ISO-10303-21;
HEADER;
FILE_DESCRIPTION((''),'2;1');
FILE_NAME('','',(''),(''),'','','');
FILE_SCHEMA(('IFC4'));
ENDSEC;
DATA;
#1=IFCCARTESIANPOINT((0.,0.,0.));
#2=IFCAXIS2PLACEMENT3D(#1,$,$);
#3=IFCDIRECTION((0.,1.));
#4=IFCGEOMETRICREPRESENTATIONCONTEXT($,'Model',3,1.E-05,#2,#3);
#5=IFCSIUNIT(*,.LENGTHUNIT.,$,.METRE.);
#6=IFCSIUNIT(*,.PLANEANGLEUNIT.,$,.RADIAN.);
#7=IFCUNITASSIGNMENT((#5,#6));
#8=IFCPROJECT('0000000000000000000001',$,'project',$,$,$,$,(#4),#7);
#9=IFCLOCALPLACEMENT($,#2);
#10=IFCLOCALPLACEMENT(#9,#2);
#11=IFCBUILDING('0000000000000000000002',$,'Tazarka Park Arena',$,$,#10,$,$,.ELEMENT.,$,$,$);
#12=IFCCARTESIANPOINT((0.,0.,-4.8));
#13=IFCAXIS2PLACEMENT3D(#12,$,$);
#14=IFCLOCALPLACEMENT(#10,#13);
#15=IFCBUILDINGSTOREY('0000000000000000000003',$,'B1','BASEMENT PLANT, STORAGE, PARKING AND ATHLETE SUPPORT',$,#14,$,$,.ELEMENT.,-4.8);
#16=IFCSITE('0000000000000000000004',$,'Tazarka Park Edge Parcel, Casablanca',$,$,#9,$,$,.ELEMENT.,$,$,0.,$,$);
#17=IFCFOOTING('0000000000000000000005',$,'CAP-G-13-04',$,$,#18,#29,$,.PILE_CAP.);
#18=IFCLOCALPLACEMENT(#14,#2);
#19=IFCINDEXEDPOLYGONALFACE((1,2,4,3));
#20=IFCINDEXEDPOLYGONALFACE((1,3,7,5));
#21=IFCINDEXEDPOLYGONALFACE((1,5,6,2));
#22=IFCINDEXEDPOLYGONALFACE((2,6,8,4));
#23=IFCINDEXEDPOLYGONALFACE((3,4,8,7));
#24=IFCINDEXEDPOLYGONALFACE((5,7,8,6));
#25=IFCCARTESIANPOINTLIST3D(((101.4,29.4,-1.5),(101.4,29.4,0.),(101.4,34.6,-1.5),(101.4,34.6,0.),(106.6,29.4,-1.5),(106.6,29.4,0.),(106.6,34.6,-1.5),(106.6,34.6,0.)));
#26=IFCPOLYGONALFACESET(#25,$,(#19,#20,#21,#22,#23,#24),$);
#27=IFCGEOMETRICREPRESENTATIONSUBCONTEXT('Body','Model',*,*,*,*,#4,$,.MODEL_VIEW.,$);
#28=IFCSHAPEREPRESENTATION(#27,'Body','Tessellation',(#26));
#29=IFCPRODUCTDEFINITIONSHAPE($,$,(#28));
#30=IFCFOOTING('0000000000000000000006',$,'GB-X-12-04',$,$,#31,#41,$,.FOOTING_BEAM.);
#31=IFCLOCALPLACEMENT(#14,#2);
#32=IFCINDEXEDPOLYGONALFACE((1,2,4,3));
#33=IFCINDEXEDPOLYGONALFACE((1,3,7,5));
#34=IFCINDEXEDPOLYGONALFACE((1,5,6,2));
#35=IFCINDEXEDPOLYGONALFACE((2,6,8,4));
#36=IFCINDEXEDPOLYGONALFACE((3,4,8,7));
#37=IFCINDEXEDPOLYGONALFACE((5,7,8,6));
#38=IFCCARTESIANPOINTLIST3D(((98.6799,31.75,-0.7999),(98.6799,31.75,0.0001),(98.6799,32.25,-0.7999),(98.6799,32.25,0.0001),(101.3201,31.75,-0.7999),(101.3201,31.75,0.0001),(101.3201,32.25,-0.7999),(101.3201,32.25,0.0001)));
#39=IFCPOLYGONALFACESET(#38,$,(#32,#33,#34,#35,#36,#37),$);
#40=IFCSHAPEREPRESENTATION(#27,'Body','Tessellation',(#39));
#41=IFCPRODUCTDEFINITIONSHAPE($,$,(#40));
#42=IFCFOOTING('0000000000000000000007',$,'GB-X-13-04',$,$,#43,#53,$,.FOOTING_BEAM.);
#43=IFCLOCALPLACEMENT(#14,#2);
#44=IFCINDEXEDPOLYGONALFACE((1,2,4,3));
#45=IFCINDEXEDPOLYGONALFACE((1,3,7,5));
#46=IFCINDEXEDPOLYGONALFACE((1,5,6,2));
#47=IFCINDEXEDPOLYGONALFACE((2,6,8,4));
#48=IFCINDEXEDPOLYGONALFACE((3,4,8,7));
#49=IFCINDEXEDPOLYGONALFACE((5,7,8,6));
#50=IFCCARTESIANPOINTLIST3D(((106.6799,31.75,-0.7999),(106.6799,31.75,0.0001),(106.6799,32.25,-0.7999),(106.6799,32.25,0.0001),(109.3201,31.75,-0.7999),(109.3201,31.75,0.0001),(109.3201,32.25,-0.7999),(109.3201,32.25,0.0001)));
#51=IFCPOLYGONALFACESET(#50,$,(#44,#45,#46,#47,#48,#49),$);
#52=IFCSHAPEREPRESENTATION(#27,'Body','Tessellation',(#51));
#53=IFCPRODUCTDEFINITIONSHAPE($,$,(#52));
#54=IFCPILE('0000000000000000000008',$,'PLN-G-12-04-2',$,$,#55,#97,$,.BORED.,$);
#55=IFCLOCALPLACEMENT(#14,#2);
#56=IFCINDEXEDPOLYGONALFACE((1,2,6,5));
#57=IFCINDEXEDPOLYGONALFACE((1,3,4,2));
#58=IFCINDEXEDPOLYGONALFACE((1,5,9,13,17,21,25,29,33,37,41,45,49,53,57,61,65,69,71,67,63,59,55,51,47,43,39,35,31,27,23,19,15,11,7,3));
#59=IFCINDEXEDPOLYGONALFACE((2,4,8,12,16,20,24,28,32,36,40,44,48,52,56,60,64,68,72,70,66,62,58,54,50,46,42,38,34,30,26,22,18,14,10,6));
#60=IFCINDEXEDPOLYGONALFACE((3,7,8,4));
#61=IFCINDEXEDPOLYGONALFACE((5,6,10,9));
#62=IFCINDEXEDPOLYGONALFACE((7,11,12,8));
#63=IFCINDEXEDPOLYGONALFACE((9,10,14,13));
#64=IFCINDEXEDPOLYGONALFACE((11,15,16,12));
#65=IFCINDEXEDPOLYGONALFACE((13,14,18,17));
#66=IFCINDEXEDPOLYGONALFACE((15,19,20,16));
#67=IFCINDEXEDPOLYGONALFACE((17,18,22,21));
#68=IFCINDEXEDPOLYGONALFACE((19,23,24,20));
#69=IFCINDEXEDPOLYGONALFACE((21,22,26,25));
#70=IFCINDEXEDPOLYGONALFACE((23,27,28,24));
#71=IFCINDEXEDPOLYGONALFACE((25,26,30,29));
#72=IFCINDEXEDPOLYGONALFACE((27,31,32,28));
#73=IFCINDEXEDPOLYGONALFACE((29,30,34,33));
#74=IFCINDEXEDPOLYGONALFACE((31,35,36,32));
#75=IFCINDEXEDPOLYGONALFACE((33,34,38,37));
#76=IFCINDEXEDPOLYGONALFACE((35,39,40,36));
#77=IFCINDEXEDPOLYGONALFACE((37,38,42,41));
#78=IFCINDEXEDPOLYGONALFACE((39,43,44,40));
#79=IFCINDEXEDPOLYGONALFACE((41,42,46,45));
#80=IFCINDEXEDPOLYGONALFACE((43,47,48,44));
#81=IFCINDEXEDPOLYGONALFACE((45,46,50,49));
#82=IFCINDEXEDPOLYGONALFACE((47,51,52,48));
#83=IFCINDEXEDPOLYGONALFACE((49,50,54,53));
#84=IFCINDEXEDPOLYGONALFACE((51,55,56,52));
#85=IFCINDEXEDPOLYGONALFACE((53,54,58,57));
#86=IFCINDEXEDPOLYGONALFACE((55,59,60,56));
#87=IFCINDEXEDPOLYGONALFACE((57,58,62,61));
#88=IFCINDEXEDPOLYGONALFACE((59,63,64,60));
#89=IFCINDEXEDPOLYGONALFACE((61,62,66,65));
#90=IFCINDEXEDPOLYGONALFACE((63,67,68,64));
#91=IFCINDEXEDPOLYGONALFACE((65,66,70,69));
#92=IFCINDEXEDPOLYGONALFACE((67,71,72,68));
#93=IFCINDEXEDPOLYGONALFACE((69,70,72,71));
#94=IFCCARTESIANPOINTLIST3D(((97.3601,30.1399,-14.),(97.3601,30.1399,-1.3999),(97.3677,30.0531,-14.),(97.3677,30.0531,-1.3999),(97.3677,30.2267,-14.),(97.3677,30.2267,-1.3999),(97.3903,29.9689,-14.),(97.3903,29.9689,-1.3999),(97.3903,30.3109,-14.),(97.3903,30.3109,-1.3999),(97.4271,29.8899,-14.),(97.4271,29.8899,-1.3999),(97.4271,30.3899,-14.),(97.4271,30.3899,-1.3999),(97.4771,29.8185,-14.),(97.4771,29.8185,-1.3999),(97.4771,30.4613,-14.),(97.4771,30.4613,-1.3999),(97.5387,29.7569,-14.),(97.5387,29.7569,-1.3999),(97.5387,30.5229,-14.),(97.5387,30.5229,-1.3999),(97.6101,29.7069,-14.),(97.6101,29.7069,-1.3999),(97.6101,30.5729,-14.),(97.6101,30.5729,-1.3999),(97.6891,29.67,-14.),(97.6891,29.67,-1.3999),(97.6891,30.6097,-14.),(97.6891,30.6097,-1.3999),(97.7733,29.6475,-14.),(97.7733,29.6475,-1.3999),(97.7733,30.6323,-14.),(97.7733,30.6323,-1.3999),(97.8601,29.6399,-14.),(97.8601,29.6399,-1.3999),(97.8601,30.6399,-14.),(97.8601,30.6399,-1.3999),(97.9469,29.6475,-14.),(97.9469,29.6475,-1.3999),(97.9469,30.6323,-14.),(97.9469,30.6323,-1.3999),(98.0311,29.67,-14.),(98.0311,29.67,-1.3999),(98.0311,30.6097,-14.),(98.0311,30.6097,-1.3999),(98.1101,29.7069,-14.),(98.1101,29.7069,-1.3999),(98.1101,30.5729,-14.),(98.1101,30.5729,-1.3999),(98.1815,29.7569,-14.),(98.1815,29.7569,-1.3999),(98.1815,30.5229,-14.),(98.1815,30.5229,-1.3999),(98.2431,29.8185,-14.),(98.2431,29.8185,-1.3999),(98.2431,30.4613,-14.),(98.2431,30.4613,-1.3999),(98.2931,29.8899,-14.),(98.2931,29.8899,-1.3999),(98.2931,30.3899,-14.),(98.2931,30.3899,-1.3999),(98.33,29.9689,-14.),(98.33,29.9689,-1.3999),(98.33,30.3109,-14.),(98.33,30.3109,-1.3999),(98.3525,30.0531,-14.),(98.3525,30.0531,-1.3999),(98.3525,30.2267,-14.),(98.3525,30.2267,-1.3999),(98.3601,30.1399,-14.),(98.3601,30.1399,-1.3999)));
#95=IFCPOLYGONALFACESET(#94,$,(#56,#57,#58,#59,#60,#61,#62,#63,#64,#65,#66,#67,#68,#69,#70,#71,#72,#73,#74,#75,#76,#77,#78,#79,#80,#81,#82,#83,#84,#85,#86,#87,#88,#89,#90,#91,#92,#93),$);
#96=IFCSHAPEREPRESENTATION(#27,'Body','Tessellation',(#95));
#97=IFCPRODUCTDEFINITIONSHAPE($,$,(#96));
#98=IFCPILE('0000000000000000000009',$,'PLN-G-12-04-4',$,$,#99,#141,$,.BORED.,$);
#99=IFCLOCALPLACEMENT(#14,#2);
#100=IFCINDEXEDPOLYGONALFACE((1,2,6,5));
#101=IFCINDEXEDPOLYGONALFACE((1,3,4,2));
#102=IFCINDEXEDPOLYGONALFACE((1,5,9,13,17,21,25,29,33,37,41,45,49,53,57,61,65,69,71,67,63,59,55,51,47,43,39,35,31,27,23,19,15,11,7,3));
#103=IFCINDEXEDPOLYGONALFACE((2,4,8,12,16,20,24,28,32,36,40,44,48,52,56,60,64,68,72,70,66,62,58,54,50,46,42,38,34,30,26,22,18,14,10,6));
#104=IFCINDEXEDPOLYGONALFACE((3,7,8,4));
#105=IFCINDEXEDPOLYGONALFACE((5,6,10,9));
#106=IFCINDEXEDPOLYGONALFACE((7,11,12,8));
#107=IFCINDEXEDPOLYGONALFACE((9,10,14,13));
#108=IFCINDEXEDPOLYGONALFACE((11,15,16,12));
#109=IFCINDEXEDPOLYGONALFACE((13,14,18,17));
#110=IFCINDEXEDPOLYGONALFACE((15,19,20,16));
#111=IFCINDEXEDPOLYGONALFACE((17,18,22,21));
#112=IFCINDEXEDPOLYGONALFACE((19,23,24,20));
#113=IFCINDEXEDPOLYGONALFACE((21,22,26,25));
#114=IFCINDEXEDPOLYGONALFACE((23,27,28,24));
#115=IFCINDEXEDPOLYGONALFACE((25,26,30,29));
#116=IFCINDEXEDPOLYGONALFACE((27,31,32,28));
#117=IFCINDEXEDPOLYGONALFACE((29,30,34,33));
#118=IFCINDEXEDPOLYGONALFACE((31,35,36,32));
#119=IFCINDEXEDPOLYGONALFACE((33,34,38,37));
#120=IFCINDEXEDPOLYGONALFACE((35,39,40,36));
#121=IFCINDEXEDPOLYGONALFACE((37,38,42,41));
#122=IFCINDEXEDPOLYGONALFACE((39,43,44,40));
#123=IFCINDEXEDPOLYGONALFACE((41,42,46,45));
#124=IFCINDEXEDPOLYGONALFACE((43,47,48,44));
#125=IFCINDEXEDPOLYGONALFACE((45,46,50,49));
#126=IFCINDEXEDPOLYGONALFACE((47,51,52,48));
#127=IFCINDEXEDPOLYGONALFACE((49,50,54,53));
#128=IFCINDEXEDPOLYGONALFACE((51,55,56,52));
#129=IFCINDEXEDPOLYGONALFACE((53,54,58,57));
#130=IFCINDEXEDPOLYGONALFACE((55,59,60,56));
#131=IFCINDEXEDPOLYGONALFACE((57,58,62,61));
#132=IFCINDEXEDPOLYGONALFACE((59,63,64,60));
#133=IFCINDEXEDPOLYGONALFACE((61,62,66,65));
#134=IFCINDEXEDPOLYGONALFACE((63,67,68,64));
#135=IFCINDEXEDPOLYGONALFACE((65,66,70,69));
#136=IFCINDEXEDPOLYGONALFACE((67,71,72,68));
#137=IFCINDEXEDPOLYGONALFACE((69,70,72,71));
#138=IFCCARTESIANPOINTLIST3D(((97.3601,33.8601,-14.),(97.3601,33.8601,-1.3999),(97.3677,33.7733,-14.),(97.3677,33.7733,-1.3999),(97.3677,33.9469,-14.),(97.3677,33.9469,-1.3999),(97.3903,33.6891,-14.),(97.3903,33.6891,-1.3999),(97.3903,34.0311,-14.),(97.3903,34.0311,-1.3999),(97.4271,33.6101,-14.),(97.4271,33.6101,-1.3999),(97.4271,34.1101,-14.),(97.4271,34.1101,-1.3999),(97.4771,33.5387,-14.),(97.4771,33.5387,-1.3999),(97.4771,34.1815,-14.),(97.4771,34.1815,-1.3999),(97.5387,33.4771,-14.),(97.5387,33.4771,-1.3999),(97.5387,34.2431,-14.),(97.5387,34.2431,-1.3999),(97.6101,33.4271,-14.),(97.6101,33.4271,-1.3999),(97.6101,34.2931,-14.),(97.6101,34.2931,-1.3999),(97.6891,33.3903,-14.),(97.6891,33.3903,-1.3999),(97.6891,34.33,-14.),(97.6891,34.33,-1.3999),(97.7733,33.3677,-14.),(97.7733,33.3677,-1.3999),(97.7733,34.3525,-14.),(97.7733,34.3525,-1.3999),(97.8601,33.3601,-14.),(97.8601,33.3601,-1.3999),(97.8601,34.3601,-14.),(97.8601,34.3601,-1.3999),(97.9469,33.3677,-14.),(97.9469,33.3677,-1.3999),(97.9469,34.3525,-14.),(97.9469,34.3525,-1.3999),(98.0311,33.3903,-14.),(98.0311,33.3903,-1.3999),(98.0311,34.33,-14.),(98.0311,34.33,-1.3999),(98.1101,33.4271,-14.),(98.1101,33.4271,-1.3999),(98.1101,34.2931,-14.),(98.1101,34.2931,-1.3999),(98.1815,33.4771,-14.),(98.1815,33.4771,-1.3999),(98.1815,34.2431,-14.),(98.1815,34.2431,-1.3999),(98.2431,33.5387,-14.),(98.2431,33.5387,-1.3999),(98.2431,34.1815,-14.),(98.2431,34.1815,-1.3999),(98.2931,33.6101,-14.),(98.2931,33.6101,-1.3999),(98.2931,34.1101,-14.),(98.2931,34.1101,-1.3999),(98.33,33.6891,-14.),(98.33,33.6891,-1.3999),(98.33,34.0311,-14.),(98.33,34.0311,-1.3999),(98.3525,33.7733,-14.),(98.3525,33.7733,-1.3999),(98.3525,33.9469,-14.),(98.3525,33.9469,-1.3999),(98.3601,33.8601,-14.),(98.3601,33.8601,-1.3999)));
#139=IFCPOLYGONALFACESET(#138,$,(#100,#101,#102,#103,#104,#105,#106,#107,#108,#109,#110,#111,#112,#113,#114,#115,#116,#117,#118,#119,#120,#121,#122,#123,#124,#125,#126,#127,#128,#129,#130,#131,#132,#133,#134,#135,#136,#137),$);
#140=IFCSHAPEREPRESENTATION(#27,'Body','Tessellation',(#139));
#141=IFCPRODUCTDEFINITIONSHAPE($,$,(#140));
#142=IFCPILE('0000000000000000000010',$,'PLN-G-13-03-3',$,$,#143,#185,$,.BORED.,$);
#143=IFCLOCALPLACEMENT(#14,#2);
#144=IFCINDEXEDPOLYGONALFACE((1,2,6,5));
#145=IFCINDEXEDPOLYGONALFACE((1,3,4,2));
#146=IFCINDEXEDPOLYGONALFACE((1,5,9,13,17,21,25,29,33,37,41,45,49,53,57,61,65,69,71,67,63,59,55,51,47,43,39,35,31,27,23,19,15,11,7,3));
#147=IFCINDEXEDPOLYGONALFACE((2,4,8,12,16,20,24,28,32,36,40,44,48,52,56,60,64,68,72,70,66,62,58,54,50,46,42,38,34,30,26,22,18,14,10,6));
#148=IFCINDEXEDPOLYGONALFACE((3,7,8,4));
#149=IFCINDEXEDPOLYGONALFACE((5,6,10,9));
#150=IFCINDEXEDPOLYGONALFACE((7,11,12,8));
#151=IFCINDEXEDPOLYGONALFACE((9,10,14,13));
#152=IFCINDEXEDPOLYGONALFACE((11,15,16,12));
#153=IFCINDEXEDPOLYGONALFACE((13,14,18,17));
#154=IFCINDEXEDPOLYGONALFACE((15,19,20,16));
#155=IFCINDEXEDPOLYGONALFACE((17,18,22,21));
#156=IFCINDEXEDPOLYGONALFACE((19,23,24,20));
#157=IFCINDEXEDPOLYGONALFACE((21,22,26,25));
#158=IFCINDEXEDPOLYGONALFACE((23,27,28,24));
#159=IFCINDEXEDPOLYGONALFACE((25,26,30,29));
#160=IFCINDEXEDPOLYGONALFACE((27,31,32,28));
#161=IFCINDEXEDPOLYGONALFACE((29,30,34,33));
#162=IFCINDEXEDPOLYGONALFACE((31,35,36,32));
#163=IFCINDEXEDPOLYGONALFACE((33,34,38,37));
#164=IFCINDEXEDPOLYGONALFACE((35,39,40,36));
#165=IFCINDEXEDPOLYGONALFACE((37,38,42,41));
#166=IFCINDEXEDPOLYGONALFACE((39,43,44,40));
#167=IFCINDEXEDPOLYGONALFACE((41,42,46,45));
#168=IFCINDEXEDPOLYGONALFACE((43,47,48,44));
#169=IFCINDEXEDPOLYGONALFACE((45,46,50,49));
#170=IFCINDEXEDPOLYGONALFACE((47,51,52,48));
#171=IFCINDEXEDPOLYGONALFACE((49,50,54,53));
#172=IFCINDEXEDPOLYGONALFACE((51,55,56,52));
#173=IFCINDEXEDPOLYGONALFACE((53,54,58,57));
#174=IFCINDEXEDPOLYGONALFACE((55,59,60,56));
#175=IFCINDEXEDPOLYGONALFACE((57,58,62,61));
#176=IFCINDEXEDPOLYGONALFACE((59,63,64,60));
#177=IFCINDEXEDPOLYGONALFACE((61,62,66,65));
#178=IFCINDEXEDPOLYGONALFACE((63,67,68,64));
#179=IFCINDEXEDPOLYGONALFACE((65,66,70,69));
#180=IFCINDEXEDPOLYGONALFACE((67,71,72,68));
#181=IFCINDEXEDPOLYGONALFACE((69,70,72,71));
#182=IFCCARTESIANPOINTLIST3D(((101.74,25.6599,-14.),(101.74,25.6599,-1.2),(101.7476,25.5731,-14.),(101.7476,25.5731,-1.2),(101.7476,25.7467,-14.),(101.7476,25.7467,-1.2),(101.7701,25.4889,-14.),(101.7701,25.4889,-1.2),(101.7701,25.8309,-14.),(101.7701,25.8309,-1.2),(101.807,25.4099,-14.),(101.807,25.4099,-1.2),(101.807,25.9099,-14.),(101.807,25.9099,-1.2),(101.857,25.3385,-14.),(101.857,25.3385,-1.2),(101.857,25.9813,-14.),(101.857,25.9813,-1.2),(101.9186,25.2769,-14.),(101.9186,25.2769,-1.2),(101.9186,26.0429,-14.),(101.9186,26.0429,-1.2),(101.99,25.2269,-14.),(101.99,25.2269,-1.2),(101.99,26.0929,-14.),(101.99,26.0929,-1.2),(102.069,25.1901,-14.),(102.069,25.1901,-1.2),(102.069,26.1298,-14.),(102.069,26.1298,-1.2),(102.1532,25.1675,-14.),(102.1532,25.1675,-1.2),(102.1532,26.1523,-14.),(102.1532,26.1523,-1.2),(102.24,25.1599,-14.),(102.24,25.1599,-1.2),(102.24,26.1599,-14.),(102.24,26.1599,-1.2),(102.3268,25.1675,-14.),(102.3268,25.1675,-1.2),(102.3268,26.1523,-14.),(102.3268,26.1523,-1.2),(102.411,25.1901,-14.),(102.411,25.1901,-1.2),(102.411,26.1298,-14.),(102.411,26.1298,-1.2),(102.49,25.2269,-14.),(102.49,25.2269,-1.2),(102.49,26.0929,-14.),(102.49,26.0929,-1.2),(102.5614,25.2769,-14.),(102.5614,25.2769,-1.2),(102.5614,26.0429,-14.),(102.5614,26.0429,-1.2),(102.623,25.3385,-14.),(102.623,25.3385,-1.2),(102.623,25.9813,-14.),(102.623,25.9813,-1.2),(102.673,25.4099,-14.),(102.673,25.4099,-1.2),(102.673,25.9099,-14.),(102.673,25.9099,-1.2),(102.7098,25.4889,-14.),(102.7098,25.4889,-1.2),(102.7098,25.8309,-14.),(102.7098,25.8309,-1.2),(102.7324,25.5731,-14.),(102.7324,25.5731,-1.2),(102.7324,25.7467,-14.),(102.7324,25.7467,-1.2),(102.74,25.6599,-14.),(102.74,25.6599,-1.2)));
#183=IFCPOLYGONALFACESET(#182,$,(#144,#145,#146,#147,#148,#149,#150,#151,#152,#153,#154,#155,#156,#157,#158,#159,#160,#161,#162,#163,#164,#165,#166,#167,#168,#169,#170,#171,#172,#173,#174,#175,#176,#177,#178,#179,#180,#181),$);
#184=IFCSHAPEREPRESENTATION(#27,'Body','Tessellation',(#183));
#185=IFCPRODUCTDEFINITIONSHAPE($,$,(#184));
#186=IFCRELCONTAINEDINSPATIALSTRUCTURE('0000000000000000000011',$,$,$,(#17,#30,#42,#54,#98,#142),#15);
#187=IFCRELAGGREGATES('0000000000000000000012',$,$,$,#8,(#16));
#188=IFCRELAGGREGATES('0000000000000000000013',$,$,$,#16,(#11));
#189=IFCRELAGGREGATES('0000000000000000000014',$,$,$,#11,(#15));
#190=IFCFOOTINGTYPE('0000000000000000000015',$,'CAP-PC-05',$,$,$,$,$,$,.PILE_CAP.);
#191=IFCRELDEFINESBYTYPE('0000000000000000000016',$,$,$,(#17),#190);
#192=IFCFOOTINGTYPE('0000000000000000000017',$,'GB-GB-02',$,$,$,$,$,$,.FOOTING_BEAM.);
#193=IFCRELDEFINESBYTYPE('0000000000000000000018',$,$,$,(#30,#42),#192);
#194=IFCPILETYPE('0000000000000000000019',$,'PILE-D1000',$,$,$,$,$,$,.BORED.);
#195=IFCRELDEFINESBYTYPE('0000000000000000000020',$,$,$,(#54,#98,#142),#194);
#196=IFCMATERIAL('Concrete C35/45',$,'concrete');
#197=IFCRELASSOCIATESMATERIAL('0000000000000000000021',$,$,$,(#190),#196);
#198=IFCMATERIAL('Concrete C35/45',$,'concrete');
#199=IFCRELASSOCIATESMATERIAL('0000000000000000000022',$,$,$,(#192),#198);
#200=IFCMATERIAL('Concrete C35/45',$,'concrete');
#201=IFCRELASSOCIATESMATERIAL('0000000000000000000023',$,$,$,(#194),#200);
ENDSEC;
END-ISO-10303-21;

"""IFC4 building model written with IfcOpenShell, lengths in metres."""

from ifc_helpers import new_model, si_unit, direction, frame, origin, origin_2d, place, context, subcontext, project, spatial, rectangle, circle, extrude, material, material_profile, profile_set, type_object, element, save


model = new_model("IFC4")

# Units and contexts
model_context = context("Model", 3, precision=1e-05, world=origin(), true_north=direction((0.0, 1.0)))
body_context = subcontext(model_context, "Body", "Model", "MODEL_VIEW")
ifc_project = project(units=[si_unit("LENGTHUNIT", "METRE"), si_unit("PLANEANGLEUNIT", "RADIAN")], contexts=[model_context])

# Site, building, storey
site_placement = place(None, origin())
site = spatial("IfcSite", under=ifc_project, at=site_placement, Name="Tazarka Park Edge Parcel, Casablanca", CompositionType="ELEMENT", RefElevation=0.0)
building_placement = place(site_placement, origin())
building = spatial("IfcBuilding", under=site, at=building_placement, Name="Tazarka Park Arena", CompositionType="ELEMENT")
storey_placement = place(building_placement, frame((0.0, 0.0, -4.8)))
storey = spatial("IfcBuildingStorey", under=building, at=storey_placement, Name="B1", Description="BASEMENT PLANT, STORAGE, PARKING AND ATHLETE SUPPORT", CompositionType="ELEMENT", Elevation=-4.8)

# Footings
ifc_material_1 = material(Name="Concrete C35/45", Category="concrete")
footing_type_1 = type_object("IfcFootingType", Name="CAP-PC-05", PredefinedType="PILE_CAP", material=ifc_material_1)
footing_1_placement = place(storey_placement, frame((104.0, 32.0, -1.5), z_axis=(0.0, 0.0, 1.0), x_axis=(1.0, 0.0, 0.0)))
element("IfcFooting", 1, at=footing_1_placement, inside=storey, type_object=footing_type_1, Name="CAP-G-13-04", PredefinedType="PILE_CAP", context=body_context, shape_type="SweptSolid", body=[
    extrude(rectangle(XDim=5.2, YDim=5.2, at=origin_2d()), origin(), (0.0, 0.0, 1.0), 1.5),
])
ifc_material_2 = material(Name="Concrete C35/45", Category="concrete")
ifc_material_profile_1 = material_profile(ifc_material_2, rectangle(XDim=0.5, YDim=0.8, at=origin_2d()), Name="Concrete C35/45")
ifc_profile_set_1 = profile_set([ifc_material_profile_1], Name="Concrete C35/45")
footing_type_2 = type_object("IfcFootingType", Name="GB-GB-02", PredefinedType="FOOTING_BEAM", material=ifc_profile_set_1)
for number, where, z_axis, x_axis, name in (
    (2, (98.6799, 32.0, -0.3999), (1.0, 0.0, 0.0), (0.0, 1.0, 0.0), "GB-X-12-04"),
    (3, (106.6799, 32.0, -0.3999), (1.0, 0.0, 0.0), (0.0, 1.0, 0.0), "GB-X-13-04"),
):
    element("IfcFooting", number, at=place(storey_placement, frame(where, z_axis=z_axis, x_axis=x_axis)), inside=storey, type_object=footing_type_2, Name=name, PredefinedType="FOOTING_BEAM", context=body_context, shape_type="SweptSolid", body=[
        extrude(rectangle(XDim=0.5, YDim=0.8, at=origin_2d()), origin(), (0.0, 0.0, 1.0), 2.6401),
    ])

# Piles
ifc_material_3 = material(Name="Concrete C35/45", Category="concrete")
ifc_material_profile_2 = material_profile(ifc_material_3, circle(Radius=0.5, at=origin_2d()), Name="Concrete C35/45")
ifc_profile_set_2 = profile_set([ifc_material_profile_2], Name="Concrete C35/45")
pile_type_1 = type_object("IfcPileType", Name="PILE-D1000", PredefinedType="BORED", material=ifc_profile_set_2)
for number, where, z_axis, x_axis, name in (
    (4, (97.8601, 30.1399, -1.3999), (0.0, 0.0, -1.0), (1.0, 0.0, 0.0), "PLN-G-12-04-2"),
    (5, (97.8601, 33.8601, -1.3999), (0.0, 0.0, -1.0), (1.0, 0.0, 0.0), "PLN-G-12-04-4"),
):
    element("IfcPile", number, at=place(storey_placement, frame(where, z_axis=z_axis, x_axis=x_axis)), inside=storey, type_object=pile_type_1, Name=name, PredefinedType="BORED", context=body_context, shape_type="SweptSolid", body=[
        extrude(circle(Radius=0.5, at=origin_2d()), origin(), (0.0, 0.0, 1.0), 12.6001),
    ])
for number, where, z_axis, x_axis, name in (
    (6, (102.24, 25.6599, -1.2), (0.0, 0.0, -1.0), (1.0, 0.0, 0.0), "PLN-G-13-03-3"),
):
    element("IfcPile", number, at=place(storey_placement, frame(where, z_axis=z_axis, x_axis=x_axis)), inside=storey, type_object=pile_type_1, Name=name, PredefinedType="BORED", context=body_context, shape_type="SweptSolid", body=[
        extrude(circle(Radius=0.5, at=origin_2d()), origin(), (0.0, 0.0, 1.0), 12.8),
    ])

save(model, "model.ifc")
